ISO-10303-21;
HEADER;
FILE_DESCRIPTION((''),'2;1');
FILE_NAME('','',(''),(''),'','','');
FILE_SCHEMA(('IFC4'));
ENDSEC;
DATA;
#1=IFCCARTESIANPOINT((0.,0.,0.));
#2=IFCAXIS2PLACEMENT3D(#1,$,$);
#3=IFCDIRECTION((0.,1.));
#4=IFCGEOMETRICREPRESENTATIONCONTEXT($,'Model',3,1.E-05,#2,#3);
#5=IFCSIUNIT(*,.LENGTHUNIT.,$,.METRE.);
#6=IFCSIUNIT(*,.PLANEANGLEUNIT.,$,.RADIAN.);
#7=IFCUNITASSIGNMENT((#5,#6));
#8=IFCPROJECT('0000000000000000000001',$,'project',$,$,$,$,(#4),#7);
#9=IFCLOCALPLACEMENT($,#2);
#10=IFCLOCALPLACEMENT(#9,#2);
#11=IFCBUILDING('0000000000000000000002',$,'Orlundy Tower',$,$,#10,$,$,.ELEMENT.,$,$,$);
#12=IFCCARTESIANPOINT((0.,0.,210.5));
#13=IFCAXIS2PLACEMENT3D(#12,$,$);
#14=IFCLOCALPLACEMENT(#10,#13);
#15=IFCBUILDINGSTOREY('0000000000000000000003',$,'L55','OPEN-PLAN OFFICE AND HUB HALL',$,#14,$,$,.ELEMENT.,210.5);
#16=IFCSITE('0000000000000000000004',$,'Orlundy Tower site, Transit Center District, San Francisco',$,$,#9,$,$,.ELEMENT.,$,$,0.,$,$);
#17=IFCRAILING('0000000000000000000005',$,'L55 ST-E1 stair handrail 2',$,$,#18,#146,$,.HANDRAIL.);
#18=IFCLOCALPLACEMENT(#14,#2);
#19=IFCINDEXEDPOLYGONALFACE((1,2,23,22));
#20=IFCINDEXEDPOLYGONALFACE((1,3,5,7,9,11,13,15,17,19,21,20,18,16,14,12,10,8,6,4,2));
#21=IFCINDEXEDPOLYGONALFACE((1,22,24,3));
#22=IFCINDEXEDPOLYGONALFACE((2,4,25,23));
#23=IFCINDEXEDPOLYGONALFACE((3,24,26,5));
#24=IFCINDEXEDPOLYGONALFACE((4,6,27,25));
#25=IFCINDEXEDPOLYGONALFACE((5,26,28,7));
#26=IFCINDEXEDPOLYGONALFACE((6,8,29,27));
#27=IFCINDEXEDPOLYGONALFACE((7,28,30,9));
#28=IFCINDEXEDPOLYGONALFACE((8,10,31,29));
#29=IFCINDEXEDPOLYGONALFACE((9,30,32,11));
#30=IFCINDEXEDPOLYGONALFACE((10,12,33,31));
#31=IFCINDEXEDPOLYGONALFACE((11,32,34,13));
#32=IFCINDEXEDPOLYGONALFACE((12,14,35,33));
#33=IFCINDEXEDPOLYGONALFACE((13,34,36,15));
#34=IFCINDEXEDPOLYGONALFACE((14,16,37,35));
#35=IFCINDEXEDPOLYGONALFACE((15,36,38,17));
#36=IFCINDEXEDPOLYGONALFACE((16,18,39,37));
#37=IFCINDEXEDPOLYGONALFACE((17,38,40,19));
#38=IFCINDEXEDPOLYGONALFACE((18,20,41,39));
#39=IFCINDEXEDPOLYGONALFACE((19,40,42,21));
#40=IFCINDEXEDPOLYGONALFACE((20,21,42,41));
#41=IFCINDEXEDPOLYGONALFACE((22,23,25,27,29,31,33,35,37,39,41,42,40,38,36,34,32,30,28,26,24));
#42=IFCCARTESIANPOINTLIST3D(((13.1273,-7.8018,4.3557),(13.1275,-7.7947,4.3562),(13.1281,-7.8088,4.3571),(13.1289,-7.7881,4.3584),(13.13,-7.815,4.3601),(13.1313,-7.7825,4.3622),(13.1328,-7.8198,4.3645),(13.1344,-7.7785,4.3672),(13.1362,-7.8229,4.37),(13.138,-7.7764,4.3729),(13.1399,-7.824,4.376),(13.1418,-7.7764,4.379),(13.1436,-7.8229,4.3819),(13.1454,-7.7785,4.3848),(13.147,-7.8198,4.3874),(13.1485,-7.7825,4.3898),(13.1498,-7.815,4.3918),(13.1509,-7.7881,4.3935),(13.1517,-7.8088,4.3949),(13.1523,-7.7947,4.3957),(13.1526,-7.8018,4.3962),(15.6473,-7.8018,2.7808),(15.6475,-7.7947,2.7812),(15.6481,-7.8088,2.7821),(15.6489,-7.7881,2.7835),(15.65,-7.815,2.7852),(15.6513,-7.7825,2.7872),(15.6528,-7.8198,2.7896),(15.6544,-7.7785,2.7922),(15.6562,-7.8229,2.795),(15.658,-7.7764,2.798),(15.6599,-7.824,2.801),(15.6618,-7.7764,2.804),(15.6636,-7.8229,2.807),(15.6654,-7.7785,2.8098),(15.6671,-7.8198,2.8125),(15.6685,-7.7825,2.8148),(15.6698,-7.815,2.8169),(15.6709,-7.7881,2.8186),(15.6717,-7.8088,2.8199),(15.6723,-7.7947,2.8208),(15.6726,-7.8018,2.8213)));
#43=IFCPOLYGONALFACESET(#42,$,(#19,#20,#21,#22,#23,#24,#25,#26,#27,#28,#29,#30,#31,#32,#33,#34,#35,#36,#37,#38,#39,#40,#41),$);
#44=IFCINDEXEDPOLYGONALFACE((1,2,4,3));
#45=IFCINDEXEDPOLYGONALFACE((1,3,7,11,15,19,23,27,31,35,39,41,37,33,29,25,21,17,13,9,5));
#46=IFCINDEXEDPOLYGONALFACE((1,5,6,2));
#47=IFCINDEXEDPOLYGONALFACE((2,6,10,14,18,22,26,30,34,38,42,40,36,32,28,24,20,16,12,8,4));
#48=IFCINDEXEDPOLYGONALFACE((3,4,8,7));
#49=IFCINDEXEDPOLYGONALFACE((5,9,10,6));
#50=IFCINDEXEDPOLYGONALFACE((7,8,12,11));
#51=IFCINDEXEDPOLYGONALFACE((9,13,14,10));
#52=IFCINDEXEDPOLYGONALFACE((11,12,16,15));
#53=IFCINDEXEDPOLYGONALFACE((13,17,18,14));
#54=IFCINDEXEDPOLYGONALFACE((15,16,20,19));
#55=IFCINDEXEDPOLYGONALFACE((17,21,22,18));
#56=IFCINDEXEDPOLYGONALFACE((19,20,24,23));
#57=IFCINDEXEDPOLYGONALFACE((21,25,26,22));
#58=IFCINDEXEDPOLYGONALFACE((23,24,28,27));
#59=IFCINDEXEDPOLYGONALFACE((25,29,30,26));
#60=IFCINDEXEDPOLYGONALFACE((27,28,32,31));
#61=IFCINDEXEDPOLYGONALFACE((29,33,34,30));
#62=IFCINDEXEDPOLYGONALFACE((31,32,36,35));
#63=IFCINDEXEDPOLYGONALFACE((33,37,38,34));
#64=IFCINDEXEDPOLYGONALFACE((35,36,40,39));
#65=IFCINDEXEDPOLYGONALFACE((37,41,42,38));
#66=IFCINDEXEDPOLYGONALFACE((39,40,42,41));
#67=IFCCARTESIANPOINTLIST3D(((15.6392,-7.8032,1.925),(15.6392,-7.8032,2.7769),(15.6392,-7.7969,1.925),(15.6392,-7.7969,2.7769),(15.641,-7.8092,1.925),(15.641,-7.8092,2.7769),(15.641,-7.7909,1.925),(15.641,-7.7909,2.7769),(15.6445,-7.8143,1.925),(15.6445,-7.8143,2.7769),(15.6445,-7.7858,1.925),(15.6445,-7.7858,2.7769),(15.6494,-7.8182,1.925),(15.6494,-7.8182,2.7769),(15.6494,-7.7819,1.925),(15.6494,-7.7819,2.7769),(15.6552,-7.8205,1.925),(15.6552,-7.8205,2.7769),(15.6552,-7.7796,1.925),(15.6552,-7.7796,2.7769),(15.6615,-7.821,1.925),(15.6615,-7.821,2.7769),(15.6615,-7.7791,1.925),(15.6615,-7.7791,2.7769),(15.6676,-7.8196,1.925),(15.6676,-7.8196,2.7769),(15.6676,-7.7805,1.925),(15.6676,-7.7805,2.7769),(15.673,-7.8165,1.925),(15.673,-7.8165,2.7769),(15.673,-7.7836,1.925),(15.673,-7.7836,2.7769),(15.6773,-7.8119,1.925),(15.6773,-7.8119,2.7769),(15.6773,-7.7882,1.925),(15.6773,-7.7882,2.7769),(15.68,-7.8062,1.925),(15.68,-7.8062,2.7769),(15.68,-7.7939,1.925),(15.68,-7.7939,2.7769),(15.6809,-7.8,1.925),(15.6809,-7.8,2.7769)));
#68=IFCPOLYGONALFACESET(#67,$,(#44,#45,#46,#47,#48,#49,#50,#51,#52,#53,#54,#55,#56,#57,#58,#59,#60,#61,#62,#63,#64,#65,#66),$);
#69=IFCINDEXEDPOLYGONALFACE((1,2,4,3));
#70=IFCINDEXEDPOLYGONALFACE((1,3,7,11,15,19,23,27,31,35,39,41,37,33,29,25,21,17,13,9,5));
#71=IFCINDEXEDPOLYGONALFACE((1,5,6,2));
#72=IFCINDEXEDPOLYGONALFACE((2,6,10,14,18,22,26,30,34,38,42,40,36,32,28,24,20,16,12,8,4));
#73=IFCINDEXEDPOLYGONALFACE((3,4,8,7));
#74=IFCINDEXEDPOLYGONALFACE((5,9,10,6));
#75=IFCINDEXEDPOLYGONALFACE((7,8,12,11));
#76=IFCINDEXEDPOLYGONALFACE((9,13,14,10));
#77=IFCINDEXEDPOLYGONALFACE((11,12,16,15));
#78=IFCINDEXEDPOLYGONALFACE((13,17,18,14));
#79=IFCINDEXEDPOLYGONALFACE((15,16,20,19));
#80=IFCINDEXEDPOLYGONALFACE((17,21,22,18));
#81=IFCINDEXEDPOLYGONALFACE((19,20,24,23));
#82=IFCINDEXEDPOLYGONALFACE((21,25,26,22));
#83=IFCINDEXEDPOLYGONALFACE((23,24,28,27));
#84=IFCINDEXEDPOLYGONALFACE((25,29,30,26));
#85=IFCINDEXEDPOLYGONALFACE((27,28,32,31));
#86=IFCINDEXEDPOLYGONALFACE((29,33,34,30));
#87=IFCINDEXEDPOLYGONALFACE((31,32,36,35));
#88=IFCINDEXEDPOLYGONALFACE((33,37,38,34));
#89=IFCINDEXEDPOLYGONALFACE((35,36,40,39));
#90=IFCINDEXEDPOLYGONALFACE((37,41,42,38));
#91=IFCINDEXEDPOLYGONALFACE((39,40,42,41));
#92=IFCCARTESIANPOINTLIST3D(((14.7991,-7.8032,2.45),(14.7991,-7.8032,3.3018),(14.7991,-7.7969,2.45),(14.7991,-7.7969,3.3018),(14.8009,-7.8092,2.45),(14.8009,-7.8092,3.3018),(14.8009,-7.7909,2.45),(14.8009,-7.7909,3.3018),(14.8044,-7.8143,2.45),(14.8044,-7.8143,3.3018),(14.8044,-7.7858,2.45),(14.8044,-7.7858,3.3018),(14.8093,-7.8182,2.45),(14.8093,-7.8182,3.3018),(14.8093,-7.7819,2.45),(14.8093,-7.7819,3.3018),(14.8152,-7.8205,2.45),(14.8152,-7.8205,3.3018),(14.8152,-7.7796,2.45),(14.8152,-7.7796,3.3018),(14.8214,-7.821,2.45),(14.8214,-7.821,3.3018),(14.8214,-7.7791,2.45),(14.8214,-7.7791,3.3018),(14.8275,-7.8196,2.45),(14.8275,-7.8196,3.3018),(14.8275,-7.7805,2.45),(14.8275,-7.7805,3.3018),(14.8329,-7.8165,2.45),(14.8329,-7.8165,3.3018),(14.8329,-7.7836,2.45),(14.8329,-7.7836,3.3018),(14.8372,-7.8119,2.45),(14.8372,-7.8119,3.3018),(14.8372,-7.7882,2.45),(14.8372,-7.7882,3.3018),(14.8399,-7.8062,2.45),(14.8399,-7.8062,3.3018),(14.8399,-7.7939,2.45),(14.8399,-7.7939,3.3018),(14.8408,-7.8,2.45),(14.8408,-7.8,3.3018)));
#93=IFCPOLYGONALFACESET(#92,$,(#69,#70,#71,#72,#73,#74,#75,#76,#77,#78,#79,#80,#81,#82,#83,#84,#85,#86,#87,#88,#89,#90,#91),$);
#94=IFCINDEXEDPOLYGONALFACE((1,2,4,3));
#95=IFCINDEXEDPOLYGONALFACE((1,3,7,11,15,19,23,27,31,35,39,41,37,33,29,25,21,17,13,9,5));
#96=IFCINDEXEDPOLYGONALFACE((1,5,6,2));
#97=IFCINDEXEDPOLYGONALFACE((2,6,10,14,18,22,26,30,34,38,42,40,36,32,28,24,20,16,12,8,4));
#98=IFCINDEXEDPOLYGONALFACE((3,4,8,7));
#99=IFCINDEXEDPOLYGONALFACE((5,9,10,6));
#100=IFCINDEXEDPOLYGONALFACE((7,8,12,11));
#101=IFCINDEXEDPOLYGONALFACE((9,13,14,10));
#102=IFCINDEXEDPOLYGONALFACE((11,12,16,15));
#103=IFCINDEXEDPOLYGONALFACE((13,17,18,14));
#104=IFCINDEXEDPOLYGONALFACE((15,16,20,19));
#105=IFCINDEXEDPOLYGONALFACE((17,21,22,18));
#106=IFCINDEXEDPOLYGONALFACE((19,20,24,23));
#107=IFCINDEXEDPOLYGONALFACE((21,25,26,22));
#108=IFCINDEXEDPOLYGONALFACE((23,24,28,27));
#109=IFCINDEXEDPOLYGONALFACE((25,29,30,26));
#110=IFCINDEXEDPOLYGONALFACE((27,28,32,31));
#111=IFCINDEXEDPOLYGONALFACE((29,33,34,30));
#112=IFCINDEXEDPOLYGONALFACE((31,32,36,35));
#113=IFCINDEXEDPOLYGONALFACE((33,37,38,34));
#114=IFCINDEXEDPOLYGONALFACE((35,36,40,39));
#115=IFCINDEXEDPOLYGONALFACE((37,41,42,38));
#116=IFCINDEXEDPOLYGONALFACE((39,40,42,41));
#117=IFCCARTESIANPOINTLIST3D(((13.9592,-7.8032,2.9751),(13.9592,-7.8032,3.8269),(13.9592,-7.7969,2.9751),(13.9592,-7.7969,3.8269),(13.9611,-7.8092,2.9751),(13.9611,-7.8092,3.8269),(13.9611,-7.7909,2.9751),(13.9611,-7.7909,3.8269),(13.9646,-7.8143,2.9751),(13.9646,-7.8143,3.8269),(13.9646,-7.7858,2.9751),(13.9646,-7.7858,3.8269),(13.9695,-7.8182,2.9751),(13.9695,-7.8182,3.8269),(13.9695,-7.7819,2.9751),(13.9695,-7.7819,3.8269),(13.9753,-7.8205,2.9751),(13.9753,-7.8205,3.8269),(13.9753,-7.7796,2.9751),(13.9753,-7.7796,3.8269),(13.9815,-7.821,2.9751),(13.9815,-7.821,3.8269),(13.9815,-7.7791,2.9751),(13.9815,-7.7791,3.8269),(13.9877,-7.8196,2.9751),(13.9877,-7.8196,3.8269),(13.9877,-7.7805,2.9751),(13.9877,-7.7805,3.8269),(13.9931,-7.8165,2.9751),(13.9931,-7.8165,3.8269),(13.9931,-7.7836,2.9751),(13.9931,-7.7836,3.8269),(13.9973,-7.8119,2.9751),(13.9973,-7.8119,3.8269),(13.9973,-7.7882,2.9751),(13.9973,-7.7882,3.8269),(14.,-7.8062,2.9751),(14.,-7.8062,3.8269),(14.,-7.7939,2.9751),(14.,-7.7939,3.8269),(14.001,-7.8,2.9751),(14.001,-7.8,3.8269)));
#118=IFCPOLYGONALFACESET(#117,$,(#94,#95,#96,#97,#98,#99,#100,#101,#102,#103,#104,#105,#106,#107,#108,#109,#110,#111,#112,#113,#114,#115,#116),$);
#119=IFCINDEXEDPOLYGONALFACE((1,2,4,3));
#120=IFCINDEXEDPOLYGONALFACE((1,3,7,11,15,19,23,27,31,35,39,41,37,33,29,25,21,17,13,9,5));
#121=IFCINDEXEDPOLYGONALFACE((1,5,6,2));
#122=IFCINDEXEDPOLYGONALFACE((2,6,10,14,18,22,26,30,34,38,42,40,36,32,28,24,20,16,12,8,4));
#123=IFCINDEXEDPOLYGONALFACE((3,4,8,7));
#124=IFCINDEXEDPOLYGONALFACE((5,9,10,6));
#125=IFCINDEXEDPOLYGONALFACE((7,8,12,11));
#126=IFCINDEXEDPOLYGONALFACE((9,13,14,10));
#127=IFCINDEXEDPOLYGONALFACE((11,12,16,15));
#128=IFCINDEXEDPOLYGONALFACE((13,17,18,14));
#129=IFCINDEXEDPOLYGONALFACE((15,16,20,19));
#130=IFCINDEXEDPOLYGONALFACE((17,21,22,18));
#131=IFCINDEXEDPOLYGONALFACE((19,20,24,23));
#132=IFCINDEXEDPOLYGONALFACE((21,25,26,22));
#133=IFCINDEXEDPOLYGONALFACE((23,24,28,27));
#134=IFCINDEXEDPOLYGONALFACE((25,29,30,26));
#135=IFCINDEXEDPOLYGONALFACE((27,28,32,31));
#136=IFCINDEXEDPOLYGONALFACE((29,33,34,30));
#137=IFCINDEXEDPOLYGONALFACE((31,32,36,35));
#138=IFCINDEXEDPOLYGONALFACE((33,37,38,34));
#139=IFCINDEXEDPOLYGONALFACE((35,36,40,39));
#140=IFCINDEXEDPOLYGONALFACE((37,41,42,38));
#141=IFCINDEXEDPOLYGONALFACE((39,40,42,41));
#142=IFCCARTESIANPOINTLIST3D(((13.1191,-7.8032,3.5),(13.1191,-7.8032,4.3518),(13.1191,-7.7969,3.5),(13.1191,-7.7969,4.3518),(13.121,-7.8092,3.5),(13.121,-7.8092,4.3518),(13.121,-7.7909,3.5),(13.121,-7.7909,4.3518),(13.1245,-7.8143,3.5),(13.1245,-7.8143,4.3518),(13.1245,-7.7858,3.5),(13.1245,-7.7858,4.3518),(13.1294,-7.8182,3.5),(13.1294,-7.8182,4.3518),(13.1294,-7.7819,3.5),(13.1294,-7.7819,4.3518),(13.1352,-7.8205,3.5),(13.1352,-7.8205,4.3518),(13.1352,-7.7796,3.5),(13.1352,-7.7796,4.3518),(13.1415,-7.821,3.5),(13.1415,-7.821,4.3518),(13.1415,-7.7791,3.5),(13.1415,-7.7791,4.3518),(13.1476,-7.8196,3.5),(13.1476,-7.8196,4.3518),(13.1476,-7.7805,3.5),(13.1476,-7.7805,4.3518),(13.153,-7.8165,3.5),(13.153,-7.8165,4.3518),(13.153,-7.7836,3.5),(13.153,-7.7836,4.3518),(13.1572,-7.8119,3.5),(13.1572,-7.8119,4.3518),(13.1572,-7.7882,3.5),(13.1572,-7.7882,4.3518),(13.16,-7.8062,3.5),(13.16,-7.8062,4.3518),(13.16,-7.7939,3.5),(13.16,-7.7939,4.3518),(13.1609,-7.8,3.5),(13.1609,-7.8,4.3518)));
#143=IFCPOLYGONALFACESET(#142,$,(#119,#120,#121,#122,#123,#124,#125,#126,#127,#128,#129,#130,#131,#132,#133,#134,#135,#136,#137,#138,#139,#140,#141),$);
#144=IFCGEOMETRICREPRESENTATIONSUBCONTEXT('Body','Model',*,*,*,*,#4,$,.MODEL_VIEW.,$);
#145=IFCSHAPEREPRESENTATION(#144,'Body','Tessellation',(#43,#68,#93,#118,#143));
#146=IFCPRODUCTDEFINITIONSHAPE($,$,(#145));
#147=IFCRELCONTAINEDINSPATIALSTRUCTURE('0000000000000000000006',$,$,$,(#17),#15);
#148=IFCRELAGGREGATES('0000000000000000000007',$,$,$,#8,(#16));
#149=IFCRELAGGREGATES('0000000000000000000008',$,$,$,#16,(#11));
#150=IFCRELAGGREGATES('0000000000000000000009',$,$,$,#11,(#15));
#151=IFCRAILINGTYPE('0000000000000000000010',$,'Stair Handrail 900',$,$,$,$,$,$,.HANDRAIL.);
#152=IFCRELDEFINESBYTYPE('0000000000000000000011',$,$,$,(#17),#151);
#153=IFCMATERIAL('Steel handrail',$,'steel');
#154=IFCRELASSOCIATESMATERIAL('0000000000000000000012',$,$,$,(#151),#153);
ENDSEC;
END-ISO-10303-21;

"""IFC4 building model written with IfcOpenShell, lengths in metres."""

from ifc_helpers import new_model, si_unit, direction, frame, origin, origin_2d, place, context, subcontext, project, spatial, circle, extrude, material, type_object, element, save


model = new_model("IFC4")

# Units and contexts
model_context = context("Model", 3, precision=1e-05, world=origin(), true_north=direction((0.0, 1.0)))
body_context = subcontext(model_context, "Body", "Model", "MODEL_VIEW")
ifc_project = project(units=[si_unit("LENGTHUNIT", "METRE"), si_unit("PLANEANGLEUNIT", "RADIAN")], contexts=[model_context])

# Site, building, storey
site_placement = place(None, origin())
site = spatial("IfcSite", under=ifc_project, at=site_placement, Name="Orlundy Tower site, Transit Center District, San Francisco", CompositionType="ELEMENT", RefElevation=0.0)
building_placement = place(site_placement, origin())
building = spatial("IfcBuilding", under=site, at=building_placement, Name="Orlundy Tower", CompositionType="ELEMENT")
storey_placement = place(building_placement, frame((0.0, 0.0, 210.5)))
storey = spatial("IfcBuildingStorey", under=building, at=storey_placement, Name="L55", Description="OPEN-PLAN OFFICE AND HUB HALL", CompositionType="ELEMENT", Elevation=210.5)

# Railing
ifc_material_1 = material(Name="Steel handrail", Category="steel")
railing_type_1 = type_object("IfcRailingType", Name="Stair Handrail 900", PredefinedType="HANDRAIL", material=ifc_material_1)
railing_1_placement = place(storey_placement, frame((15.6599, -7.8, 1.925)))
element("IfcRailing", 1, at=railing_1_placement, inside=storey, type_object=railing_type_1, Name="L55 ST-E1 stair handrail 2", PredefinedType="HANDRAIL", context=body_context, shape_type="SweptSolid", body=[
    extrude(circle(Radius=0.0239, at=origin_2d()), frame((0.0, 0.0, 0.876), z_axis=(-0.848008, 0.0, 0.529984), x_axis=(0.0, -1.0, 0.0)), (0.0, 0.0, 1.0), 2.9717),
    extrude(circle(Radius=0.021, at=origin_2d()), origin(), (0.0, 0.0, 1.0), 0.8518),
    extrude(circle(Radius=0.021, at=origin_2d()), frame((-0.8401, 0.0, 0.5249)), (0.0, 0.0, 1.0), 0.8518),
    extrude(circle(Radius=0.021, at=origin_2d()), frame((-1.6799, 0.0, 1.05)), (0.0, 0.0, 1.0), 0.8518),
    extrude(circle(Radius=0.021, at=origin_2d()), frame((-2.52, 0.0, 1.575)), (0.0, 0.0, 1.0), 0.8518),
])

save(model, "model.ifc")
